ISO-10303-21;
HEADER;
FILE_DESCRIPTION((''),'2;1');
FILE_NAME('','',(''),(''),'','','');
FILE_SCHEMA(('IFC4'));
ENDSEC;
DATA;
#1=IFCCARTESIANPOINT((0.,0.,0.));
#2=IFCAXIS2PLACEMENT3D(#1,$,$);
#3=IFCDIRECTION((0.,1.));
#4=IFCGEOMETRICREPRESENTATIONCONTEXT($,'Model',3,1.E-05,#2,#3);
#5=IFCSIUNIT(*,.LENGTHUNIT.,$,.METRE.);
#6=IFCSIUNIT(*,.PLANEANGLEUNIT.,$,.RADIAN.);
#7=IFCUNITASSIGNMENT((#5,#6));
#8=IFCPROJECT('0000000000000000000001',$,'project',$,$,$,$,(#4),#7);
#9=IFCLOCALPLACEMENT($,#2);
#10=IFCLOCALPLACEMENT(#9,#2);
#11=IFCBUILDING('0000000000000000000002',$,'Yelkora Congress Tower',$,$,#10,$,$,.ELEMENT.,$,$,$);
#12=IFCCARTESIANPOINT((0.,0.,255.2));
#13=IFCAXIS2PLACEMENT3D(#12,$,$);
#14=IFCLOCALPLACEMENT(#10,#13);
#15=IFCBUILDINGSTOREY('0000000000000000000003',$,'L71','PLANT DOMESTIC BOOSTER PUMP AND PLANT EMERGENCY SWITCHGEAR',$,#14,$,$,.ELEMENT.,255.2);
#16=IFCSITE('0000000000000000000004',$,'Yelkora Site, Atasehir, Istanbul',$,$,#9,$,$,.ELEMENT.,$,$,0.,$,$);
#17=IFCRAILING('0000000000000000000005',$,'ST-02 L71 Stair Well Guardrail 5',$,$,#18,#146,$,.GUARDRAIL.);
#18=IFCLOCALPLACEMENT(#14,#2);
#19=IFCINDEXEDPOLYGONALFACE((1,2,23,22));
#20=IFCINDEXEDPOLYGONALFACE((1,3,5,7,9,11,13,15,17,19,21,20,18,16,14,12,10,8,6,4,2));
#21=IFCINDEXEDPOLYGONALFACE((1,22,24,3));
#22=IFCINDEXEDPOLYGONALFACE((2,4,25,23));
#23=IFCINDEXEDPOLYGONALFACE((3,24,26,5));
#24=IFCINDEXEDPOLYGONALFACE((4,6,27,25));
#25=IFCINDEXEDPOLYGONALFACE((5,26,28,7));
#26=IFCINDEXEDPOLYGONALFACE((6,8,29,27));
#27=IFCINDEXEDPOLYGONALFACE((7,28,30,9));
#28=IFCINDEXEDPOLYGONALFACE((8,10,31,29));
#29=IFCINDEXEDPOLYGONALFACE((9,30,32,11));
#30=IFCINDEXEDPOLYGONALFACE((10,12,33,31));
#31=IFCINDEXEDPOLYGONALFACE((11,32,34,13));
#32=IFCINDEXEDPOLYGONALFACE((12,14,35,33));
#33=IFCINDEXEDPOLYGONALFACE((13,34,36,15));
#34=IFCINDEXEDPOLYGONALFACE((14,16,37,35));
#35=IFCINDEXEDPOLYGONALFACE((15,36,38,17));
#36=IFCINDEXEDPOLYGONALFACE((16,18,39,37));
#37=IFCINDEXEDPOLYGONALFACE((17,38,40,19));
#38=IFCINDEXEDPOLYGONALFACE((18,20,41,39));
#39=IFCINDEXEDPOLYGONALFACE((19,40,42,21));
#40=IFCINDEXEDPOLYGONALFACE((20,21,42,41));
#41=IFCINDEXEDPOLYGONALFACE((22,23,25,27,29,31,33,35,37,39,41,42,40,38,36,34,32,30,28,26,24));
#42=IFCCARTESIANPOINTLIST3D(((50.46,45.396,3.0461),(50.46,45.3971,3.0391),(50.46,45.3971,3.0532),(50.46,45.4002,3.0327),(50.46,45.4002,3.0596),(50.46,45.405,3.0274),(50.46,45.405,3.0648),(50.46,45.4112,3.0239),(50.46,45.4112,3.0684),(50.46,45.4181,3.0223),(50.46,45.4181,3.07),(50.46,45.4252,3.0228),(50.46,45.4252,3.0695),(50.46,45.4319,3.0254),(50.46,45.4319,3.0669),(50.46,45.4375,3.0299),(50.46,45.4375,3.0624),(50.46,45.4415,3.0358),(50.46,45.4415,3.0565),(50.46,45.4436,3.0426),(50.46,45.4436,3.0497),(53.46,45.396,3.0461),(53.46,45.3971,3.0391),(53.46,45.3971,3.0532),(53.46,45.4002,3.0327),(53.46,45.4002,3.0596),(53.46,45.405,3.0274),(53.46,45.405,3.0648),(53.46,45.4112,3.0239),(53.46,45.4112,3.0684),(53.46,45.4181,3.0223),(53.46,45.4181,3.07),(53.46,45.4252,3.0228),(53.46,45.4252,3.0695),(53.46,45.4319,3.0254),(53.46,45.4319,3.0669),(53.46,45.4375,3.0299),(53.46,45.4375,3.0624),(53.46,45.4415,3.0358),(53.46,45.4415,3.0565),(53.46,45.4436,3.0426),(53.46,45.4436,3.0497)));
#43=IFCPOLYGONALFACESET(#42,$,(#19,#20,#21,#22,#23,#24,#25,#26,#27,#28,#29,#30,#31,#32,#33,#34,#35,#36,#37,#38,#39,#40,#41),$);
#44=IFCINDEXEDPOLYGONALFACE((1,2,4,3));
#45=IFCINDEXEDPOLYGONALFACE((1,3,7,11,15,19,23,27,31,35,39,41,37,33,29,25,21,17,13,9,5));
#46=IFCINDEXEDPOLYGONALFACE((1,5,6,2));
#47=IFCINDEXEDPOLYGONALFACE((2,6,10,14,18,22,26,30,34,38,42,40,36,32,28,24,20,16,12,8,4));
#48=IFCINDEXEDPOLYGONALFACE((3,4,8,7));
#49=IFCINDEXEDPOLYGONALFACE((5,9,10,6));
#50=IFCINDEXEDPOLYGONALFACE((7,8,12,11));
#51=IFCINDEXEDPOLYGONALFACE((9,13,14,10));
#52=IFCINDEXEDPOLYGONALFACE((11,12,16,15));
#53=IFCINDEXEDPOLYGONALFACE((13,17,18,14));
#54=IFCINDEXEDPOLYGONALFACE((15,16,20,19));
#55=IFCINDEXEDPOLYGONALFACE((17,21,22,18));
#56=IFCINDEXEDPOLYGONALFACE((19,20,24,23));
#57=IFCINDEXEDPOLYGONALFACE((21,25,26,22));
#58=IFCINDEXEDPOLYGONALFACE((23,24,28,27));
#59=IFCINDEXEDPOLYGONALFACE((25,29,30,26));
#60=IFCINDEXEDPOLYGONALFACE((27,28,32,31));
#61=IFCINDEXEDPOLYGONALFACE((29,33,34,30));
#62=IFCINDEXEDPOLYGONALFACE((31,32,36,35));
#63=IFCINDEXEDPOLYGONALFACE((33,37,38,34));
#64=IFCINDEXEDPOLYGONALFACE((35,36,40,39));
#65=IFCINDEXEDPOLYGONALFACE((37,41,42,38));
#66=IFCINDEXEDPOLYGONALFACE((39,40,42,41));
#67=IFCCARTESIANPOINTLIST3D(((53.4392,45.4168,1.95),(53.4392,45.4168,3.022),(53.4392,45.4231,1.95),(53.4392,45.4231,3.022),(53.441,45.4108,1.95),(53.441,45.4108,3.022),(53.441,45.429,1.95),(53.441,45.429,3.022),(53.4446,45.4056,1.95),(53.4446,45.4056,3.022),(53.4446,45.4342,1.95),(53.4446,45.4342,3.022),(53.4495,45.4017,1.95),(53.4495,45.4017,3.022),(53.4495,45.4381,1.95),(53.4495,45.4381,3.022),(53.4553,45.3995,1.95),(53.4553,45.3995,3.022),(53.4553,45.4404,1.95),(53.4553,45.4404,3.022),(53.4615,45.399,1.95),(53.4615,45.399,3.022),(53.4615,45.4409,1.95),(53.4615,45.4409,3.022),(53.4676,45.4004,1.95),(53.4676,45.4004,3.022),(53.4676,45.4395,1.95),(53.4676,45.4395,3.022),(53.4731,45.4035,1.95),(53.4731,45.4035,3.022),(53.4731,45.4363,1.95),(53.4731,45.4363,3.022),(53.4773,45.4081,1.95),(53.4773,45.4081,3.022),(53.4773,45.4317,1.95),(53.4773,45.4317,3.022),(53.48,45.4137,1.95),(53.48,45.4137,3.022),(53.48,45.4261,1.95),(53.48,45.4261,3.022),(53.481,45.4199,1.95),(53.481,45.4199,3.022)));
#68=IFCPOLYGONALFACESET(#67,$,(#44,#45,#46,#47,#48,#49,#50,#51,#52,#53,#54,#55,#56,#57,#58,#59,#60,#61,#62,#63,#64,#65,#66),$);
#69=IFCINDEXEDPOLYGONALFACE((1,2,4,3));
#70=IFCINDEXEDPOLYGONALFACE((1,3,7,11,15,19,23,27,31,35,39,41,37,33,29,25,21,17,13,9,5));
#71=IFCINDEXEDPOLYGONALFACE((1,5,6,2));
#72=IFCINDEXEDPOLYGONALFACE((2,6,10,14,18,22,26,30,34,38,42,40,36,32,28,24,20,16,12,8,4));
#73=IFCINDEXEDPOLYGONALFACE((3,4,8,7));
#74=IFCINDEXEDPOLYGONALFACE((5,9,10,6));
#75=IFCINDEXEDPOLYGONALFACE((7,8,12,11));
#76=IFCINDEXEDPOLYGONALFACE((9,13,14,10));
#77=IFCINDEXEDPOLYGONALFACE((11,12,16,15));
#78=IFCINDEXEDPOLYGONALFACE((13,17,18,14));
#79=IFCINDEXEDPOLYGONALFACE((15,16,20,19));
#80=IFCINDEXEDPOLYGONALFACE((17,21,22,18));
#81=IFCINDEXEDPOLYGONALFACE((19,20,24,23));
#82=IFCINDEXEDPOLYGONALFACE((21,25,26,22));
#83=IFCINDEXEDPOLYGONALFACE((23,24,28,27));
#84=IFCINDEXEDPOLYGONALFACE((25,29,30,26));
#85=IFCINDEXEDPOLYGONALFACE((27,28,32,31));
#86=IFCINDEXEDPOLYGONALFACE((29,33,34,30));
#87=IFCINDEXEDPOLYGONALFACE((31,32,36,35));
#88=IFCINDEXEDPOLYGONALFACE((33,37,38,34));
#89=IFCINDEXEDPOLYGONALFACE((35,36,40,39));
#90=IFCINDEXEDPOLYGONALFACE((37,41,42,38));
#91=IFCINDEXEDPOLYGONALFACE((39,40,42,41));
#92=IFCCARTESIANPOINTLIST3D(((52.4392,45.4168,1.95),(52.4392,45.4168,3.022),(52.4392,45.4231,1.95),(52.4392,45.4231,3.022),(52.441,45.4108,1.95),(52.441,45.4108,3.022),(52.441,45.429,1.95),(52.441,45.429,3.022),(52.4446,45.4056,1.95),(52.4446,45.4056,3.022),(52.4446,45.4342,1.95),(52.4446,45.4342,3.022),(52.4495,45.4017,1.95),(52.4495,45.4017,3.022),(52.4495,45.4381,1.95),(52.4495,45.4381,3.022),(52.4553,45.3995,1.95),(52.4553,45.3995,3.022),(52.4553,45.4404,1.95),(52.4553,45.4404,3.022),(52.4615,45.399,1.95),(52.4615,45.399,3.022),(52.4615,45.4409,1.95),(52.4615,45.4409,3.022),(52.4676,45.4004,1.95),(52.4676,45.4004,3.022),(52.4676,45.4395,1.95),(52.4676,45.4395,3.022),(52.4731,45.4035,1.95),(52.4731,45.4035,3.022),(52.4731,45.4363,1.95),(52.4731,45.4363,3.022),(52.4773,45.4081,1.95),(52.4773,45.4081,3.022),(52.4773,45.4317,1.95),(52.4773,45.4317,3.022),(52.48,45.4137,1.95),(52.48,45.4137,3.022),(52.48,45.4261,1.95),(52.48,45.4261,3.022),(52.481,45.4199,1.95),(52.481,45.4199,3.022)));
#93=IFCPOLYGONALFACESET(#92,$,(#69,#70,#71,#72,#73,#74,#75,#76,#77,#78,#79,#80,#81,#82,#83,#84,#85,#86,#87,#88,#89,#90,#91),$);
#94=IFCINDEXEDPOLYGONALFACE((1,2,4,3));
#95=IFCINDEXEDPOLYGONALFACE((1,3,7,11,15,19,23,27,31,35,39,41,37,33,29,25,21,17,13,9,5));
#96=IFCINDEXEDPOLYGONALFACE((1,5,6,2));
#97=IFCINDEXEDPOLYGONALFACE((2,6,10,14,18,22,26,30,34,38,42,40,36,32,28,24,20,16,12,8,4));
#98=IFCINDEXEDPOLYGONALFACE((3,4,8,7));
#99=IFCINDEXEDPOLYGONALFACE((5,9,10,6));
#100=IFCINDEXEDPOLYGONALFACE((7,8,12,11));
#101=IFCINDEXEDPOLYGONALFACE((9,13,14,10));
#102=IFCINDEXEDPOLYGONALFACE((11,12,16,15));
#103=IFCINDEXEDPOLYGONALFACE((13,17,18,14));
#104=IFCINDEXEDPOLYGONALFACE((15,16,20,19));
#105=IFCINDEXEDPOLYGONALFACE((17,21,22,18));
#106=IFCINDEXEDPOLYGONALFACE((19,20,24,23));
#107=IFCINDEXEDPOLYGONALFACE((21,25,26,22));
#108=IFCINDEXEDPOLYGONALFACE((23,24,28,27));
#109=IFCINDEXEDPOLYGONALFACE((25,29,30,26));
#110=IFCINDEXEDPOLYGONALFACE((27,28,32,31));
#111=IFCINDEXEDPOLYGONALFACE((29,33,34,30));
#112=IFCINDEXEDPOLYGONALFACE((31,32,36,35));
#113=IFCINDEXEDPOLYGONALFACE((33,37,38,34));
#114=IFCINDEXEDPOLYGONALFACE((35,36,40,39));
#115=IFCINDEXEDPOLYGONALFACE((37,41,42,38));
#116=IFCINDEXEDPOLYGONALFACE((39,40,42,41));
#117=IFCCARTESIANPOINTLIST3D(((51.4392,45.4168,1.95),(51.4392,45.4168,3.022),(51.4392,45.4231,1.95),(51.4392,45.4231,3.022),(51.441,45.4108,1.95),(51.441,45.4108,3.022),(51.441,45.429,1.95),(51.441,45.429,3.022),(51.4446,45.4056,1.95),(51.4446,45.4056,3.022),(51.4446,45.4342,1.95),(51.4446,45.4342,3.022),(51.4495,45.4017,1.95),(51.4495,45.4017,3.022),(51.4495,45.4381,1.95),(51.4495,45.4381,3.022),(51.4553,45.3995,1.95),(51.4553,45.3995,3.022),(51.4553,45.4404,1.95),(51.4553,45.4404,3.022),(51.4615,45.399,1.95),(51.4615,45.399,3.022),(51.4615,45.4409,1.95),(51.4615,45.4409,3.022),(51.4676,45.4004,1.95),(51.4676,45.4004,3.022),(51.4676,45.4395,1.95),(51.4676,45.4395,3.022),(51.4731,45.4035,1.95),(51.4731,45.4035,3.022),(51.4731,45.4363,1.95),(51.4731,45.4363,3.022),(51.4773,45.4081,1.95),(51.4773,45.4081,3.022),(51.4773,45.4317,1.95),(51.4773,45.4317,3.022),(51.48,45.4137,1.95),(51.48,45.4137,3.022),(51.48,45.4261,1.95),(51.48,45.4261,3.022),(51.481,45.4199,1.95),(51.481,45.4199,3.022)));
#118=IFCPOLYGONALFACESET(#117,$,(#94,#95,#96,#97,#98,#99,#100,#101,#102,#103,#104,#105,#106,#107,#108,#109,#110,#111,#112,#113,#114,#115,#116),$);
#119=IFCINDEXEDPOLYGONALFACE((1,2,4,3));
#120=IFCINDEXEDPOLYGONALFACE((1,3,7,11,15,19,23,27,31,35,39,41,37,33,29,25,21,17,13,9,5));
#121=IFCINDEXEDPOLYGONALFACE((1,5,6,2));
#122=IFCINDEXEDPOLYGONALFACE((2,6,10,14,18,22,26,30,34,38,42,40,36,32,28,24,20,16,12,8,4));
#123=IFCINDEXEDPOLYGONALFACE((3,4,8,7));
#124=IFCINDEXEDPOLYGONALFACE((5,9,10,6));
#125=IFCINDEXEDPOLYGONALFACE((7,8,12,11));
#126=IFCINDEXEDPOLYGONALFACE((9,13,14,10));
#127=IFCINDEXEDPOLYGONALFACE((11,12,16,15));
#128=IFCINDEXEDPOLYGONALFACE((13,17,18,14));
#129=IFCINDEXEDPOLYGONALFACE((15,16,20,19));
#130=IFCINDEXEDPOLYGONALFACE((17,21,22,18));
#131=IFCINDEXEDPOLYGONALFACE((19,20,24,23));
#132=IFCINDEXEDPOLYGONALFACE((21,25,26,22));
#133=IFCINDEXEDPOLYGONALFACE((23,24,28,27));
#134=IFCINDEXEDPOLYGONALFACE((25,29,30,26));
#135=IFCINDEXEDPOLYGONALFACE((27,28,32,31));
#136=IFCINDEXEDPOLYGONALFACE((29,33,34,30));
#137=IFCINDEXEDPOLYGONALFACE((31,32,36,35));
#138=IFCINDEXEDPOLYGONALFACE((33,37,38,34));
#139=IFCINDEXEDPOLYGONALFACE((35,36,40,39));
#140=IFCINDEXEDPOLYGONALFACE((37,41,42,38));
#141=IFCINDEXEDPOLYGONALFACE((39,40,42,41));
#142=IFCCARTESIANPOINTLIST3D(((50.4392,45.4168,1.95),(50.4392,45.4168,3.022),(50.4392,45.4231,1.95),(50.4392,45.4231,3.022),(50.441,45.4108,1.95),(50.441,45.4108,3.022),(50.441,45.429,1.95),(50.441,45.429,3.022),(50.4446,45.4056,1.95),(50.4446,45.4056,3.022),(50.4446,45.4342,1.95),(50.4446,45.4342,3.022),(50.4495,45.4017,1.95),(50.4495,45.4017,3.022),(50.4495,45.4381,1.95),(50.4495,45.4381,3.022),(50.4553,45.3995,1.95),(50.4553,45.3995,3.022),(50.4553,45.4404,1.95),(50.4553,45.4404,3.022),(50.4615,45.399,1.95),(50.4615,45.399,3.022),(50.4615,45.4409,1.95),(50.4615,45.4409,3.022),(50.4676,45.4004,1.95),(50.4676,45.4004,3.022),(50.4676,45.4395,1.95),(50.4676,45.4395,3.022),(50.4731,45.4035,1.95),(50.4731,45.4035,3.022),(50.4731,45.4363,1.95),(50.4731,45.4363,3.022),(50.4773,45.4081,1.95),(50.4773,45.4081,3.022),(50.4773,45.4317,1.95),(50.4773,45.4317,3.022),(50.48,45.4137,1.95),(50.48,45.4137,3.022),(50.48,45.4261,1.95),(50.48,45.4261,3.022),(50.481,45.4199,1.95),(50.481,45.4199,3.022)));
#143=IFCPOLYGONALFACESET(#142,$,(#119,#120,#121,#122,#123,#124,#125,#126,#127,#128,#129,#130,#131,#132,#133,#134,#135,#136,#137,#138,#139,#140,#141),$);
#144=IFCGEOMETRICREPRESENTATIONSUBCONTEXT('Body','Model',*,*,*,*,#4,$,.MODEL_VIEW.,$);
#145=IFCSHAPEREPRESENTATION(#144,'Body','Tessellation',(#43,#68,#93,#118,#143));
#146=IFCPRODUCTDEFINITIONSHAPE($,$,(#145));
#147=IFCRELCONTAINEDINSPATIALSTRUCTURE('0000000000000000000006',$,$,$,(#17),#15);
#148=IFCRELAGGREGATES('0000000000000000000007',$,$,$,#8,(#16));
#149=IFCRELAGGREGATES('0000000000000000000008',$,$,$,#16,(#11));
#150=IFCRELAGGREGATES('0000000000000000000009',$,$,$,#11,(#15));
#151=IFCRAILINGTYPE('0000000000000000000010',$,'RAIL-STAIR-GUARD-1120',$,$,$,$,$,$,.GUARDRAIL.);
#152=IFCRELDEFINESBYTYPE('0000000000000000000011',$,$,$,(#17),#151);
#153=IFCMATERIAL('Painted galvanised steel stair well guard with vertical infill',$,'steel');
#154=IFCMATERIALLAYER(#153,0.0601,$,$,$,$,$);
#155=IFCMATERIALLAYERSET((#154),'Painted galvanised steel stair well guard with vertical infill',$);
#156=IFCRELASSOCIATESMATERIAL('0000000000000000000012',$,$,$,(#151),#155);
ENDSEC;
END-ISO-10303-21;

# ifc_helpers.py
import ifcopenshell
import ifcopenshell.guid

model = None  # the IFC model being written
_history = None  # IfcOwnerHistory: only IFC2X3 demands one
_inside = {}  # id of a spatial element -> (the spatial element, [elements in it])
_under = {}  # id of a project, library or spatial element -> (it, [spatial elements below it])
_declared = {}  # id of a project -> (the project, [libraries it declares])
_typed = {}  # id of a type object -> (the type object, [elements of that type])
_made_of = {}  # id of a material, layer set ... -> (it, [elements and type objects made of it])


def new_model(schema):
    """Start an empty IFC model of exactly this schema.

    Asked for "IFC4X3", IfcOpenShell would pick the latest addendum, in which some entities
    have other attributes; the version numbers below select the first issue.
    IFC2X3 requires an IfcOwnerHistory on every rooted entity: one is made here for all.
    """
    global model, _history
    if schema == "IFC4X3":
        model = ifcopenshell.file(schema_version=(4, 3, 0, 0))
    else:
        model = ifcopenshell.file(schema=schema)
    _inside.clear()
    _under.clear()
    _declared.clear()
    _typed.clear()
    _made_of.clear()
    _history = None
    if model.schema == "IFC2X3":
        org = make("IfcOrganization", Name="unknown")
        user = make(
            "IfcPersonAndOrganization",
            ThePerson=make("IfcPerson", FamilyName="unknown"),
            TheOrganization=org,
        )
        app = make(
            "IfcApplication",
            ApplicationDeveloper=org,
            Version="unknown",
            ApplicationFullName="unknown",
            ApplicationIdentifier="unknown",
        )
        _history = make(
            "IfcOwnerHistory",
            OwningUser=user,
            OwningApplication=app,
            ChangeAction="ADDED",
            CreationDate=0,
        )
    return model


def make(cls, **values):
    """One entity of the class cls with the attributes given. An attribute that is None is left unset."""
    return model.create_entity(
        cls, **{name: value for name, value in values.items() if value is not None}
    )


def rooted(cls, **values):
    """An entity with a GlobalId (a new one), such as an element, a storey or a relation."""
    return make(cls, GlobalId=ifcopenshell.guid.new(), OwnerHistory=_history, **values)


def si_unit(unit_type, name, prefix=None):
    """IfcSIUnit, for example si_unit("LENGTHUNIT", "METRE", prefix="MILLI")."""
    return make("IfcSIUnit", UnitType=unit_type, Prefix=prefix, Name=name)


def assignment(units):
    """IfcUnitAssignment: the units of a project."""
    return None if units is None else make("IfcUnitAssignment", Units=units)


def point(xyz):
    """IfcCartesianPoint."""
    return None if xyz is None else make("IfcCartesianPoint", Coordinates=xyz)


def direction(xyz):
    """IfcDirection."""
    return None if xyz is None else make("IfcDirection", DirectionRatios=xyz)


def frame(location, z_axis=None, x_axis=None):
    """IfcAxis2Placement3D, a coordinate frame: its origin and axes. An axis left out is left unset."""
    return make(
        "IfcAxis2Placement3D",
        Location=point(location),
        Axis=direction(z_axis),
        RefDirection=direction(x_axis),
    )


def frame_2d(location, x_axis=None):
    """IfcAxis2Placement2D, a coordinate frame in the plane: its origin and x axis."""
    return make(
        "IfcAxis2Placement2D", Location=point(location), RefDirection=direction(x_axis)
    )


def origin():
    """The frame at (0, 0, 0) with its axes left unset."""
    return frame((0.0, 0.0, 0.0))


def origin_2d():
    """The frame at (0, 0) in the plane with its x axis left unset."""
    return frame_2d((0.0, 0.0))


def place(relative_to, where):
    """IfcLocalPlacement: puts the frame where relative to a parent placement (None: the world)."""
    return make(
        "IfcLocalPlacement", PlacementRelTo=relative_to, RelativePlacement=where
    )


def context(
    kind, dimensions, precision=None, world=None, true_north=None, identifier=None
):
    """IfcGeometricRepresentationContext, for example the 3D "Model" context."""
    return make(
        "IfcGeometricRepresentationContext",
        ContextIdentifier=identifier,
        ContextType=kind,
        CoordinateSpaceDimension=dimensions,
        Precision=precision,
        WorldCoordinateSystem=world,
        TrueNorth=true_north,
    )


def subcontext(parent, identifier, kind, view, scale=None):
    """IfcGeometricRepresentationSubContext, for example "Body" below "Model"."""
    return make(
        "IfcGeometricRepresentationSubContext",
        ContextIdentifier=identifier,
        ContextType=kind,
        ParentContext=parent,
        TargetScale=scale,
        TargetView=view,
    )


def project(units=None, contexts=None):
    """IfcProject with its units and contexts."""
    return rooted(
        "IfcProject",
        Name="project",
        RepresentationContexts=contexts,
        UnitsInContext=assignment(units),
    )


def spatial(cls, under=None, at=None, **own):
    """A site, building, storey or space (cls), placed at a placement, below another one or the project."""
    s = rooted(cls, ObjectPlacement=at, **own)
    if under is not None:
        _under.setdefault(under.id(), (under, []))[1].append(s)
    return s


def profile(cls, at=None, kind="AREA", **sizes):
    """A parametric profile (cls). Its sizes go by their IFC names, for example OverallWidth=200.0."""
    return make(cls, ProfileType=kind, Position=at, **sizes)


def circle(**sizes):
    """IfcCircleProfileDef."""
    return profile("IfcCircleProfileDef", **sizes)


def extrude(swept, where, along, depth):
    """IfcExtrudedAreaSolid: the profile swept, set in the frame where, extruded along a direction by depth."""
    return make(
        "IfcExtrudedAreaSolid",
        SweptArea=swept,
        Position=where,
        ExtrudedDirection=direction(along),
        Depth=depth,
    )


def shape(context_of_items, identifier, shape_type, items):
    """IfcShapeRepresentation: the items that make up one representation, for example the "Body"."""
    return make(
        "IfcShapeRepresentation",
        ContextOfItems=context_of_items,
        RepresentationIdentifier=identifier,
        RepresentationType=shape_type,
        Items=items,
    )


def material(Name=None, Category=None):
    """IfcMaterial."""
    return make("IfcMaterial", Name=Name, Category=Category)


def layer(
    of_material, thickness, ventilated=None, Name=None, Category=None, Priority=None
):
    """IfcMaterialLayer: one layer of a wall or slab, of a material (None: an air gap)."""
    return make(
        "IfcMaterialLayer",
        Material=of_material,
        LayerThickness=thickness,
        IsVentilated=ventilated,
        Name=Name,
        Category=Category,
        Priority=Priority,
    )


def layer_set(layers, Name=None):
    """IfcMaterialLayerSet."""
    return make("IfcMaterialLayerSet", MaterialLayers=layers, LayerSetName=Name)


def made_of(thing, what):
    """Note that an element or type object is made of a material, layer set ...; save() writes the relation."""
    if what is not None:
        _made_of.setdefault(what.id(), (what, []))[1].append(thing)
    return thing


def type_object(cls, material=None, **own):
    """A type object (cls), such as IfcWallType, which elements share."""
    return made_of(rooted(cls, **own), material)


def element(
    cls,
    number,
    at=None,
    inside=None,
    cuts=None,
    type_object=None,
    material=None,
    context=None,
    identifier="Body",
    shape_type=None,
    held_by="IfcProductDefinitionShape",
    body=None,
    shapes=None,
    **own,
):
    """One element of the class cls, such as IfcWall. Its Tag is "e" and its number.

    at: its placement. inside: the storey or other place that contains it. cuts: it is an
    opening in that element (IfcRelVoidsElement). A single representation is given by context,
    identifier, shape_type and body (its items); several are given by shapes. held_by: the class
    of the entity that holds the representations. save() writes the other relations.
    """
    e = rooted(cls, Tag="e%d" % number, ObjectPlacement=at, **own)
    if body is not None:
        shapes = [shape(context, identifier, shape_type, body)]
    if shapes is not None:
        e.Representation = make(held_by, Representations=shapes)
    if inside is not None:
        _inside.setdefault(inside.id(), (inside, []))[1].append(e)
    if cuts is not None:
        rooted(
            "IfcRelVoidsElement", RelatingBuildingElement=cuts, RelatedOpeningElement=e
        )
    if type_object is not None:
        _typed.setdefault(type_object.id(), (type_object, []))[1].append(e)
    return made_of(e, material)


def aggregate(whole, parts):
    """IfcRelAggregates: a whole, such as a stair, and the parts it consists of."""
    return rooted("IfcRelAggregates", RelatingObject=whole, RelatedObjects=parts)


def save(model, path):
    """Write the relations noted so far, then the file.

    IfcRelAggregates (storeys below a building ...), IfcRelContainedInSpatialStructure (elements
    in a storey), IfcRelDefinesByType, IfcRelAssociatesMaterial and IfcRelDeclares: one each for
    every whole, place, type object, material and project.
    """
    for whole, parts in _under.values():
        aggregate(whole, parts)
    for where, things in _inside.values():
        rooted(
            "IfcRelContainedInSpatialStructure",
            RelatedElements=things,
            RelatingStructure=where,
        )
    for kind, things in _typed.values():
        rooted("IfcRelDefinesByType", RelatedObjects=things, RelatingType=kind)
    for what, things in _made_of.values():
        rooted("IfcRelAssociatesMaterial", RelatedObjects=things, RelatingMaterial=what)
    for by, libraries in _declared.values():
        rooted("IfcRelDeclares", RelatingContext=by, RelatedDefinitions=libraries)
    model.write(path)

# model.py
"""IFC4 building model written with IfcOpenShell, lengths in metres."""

from ifc_helpers import new_model, si_unit, direction, frame, origin, origin_2d, place, context, subcontext, project, spatial, circle, extrude, material, layer, layer_set, type_object, element, save


model = new_model("IFC4")

# Units and contexts
model_context = context("Model", 3, precision=1e-05, world=origin(), true_north=direction((0.0, 1.0)))
body_context = subcontext(model_context, "Body", "Model", "MODEL_VIEW")
ifc_project = project(units=[si_unit("LENGTHUNIT", "METRE"), si_unit("PLANEANGLEUNIT", "RADIAN")], contexts=[model_context])

# Site, building, storey
site_placement = place(None, origin())
site = spatial("IfcSite", under=ifc_project, at=site_placement, Name="Yelkora Site, Atasehir, Istanbul", CompositionType="ELEMENT", RefElevation=0.0)
building_placement = place(site_placement, origin())
building = spatial("IfcBuilding", under=site, at=building_placement, Name="Yelkora Congress Tower", CompositionType="ELEMENT")
storey_placement = place(building_placement, frame((0.0, 0.0, 255.2)))
storey = spatial("IfcBuildingStorey", under=building, at=storey_placement, Name="L71", Description="PLANT DOMESTIC BOOSTER PUMP AND PLANT EMERGENCY SWITCHGEAR", CompositionType="ELEMENT", Elevation=255.2)

# Railing
ifc_material_1 = material(Name="Painted galvanised steel stair well guard with vertical infill", Category="steel")
ifc_layer_1 = layer(ifc_material_1, 0.0601)
ifc_layer_set_1 = layer_set([ifc_layer_1], Name="Painted galvanised steel stair well guard with vertical infill")
railing_type_1 = type_object("IfcRailingType", Name="RAIL-STAIR-GUARD-1120", PredefinedType="GUARDRAIL", material=ifc_layer_set_1)
railing_1_placement = place(storey_placement, frame((53.46, 45.4199, 1.95)))
element("IfcRailing", 1, at=railing_1_placement, inside=storey, type_object=railing_type_1, Name="ST-02 L71 Stair Well Guardrail 5", PredefinedType="GUARDRAIL", context=body_context, shape_type="SweptSolid", body=[
    extrude(circle(Radius=0.0239, at=origin_2d()), frame((0.0, 0.0, 1.0962), z_axis=(-1.0, 0.0, 0.0), x_axis=(0.0, -1.0, 0.0)), (0.0, 0.0, 1.0), 3.0),
    extrude(circle(Radius=0.021, at=origin_2d()), origin(), (0.0, 0.0, 1.0), 1.072),
    extrude(circle(Radius=0.021, at=origin_2d()), frame((-1.0, 0.0, 0.0)), (0.0, 0.0, 1.0), 1.072),
    extrude(circle(Radius=0.021, at=origin_2d()), frame((-2.0, 0.0, 0.0)), (0.0, 0.0, 1.0), 1.072),
    extrude(circle(Radius=0.021, at=origin_2d()), frame((-3.0, 0.0, 0.0)), (0.0, 0.0, 1.0), 1.072),
])

save(model, "model.ifc")
